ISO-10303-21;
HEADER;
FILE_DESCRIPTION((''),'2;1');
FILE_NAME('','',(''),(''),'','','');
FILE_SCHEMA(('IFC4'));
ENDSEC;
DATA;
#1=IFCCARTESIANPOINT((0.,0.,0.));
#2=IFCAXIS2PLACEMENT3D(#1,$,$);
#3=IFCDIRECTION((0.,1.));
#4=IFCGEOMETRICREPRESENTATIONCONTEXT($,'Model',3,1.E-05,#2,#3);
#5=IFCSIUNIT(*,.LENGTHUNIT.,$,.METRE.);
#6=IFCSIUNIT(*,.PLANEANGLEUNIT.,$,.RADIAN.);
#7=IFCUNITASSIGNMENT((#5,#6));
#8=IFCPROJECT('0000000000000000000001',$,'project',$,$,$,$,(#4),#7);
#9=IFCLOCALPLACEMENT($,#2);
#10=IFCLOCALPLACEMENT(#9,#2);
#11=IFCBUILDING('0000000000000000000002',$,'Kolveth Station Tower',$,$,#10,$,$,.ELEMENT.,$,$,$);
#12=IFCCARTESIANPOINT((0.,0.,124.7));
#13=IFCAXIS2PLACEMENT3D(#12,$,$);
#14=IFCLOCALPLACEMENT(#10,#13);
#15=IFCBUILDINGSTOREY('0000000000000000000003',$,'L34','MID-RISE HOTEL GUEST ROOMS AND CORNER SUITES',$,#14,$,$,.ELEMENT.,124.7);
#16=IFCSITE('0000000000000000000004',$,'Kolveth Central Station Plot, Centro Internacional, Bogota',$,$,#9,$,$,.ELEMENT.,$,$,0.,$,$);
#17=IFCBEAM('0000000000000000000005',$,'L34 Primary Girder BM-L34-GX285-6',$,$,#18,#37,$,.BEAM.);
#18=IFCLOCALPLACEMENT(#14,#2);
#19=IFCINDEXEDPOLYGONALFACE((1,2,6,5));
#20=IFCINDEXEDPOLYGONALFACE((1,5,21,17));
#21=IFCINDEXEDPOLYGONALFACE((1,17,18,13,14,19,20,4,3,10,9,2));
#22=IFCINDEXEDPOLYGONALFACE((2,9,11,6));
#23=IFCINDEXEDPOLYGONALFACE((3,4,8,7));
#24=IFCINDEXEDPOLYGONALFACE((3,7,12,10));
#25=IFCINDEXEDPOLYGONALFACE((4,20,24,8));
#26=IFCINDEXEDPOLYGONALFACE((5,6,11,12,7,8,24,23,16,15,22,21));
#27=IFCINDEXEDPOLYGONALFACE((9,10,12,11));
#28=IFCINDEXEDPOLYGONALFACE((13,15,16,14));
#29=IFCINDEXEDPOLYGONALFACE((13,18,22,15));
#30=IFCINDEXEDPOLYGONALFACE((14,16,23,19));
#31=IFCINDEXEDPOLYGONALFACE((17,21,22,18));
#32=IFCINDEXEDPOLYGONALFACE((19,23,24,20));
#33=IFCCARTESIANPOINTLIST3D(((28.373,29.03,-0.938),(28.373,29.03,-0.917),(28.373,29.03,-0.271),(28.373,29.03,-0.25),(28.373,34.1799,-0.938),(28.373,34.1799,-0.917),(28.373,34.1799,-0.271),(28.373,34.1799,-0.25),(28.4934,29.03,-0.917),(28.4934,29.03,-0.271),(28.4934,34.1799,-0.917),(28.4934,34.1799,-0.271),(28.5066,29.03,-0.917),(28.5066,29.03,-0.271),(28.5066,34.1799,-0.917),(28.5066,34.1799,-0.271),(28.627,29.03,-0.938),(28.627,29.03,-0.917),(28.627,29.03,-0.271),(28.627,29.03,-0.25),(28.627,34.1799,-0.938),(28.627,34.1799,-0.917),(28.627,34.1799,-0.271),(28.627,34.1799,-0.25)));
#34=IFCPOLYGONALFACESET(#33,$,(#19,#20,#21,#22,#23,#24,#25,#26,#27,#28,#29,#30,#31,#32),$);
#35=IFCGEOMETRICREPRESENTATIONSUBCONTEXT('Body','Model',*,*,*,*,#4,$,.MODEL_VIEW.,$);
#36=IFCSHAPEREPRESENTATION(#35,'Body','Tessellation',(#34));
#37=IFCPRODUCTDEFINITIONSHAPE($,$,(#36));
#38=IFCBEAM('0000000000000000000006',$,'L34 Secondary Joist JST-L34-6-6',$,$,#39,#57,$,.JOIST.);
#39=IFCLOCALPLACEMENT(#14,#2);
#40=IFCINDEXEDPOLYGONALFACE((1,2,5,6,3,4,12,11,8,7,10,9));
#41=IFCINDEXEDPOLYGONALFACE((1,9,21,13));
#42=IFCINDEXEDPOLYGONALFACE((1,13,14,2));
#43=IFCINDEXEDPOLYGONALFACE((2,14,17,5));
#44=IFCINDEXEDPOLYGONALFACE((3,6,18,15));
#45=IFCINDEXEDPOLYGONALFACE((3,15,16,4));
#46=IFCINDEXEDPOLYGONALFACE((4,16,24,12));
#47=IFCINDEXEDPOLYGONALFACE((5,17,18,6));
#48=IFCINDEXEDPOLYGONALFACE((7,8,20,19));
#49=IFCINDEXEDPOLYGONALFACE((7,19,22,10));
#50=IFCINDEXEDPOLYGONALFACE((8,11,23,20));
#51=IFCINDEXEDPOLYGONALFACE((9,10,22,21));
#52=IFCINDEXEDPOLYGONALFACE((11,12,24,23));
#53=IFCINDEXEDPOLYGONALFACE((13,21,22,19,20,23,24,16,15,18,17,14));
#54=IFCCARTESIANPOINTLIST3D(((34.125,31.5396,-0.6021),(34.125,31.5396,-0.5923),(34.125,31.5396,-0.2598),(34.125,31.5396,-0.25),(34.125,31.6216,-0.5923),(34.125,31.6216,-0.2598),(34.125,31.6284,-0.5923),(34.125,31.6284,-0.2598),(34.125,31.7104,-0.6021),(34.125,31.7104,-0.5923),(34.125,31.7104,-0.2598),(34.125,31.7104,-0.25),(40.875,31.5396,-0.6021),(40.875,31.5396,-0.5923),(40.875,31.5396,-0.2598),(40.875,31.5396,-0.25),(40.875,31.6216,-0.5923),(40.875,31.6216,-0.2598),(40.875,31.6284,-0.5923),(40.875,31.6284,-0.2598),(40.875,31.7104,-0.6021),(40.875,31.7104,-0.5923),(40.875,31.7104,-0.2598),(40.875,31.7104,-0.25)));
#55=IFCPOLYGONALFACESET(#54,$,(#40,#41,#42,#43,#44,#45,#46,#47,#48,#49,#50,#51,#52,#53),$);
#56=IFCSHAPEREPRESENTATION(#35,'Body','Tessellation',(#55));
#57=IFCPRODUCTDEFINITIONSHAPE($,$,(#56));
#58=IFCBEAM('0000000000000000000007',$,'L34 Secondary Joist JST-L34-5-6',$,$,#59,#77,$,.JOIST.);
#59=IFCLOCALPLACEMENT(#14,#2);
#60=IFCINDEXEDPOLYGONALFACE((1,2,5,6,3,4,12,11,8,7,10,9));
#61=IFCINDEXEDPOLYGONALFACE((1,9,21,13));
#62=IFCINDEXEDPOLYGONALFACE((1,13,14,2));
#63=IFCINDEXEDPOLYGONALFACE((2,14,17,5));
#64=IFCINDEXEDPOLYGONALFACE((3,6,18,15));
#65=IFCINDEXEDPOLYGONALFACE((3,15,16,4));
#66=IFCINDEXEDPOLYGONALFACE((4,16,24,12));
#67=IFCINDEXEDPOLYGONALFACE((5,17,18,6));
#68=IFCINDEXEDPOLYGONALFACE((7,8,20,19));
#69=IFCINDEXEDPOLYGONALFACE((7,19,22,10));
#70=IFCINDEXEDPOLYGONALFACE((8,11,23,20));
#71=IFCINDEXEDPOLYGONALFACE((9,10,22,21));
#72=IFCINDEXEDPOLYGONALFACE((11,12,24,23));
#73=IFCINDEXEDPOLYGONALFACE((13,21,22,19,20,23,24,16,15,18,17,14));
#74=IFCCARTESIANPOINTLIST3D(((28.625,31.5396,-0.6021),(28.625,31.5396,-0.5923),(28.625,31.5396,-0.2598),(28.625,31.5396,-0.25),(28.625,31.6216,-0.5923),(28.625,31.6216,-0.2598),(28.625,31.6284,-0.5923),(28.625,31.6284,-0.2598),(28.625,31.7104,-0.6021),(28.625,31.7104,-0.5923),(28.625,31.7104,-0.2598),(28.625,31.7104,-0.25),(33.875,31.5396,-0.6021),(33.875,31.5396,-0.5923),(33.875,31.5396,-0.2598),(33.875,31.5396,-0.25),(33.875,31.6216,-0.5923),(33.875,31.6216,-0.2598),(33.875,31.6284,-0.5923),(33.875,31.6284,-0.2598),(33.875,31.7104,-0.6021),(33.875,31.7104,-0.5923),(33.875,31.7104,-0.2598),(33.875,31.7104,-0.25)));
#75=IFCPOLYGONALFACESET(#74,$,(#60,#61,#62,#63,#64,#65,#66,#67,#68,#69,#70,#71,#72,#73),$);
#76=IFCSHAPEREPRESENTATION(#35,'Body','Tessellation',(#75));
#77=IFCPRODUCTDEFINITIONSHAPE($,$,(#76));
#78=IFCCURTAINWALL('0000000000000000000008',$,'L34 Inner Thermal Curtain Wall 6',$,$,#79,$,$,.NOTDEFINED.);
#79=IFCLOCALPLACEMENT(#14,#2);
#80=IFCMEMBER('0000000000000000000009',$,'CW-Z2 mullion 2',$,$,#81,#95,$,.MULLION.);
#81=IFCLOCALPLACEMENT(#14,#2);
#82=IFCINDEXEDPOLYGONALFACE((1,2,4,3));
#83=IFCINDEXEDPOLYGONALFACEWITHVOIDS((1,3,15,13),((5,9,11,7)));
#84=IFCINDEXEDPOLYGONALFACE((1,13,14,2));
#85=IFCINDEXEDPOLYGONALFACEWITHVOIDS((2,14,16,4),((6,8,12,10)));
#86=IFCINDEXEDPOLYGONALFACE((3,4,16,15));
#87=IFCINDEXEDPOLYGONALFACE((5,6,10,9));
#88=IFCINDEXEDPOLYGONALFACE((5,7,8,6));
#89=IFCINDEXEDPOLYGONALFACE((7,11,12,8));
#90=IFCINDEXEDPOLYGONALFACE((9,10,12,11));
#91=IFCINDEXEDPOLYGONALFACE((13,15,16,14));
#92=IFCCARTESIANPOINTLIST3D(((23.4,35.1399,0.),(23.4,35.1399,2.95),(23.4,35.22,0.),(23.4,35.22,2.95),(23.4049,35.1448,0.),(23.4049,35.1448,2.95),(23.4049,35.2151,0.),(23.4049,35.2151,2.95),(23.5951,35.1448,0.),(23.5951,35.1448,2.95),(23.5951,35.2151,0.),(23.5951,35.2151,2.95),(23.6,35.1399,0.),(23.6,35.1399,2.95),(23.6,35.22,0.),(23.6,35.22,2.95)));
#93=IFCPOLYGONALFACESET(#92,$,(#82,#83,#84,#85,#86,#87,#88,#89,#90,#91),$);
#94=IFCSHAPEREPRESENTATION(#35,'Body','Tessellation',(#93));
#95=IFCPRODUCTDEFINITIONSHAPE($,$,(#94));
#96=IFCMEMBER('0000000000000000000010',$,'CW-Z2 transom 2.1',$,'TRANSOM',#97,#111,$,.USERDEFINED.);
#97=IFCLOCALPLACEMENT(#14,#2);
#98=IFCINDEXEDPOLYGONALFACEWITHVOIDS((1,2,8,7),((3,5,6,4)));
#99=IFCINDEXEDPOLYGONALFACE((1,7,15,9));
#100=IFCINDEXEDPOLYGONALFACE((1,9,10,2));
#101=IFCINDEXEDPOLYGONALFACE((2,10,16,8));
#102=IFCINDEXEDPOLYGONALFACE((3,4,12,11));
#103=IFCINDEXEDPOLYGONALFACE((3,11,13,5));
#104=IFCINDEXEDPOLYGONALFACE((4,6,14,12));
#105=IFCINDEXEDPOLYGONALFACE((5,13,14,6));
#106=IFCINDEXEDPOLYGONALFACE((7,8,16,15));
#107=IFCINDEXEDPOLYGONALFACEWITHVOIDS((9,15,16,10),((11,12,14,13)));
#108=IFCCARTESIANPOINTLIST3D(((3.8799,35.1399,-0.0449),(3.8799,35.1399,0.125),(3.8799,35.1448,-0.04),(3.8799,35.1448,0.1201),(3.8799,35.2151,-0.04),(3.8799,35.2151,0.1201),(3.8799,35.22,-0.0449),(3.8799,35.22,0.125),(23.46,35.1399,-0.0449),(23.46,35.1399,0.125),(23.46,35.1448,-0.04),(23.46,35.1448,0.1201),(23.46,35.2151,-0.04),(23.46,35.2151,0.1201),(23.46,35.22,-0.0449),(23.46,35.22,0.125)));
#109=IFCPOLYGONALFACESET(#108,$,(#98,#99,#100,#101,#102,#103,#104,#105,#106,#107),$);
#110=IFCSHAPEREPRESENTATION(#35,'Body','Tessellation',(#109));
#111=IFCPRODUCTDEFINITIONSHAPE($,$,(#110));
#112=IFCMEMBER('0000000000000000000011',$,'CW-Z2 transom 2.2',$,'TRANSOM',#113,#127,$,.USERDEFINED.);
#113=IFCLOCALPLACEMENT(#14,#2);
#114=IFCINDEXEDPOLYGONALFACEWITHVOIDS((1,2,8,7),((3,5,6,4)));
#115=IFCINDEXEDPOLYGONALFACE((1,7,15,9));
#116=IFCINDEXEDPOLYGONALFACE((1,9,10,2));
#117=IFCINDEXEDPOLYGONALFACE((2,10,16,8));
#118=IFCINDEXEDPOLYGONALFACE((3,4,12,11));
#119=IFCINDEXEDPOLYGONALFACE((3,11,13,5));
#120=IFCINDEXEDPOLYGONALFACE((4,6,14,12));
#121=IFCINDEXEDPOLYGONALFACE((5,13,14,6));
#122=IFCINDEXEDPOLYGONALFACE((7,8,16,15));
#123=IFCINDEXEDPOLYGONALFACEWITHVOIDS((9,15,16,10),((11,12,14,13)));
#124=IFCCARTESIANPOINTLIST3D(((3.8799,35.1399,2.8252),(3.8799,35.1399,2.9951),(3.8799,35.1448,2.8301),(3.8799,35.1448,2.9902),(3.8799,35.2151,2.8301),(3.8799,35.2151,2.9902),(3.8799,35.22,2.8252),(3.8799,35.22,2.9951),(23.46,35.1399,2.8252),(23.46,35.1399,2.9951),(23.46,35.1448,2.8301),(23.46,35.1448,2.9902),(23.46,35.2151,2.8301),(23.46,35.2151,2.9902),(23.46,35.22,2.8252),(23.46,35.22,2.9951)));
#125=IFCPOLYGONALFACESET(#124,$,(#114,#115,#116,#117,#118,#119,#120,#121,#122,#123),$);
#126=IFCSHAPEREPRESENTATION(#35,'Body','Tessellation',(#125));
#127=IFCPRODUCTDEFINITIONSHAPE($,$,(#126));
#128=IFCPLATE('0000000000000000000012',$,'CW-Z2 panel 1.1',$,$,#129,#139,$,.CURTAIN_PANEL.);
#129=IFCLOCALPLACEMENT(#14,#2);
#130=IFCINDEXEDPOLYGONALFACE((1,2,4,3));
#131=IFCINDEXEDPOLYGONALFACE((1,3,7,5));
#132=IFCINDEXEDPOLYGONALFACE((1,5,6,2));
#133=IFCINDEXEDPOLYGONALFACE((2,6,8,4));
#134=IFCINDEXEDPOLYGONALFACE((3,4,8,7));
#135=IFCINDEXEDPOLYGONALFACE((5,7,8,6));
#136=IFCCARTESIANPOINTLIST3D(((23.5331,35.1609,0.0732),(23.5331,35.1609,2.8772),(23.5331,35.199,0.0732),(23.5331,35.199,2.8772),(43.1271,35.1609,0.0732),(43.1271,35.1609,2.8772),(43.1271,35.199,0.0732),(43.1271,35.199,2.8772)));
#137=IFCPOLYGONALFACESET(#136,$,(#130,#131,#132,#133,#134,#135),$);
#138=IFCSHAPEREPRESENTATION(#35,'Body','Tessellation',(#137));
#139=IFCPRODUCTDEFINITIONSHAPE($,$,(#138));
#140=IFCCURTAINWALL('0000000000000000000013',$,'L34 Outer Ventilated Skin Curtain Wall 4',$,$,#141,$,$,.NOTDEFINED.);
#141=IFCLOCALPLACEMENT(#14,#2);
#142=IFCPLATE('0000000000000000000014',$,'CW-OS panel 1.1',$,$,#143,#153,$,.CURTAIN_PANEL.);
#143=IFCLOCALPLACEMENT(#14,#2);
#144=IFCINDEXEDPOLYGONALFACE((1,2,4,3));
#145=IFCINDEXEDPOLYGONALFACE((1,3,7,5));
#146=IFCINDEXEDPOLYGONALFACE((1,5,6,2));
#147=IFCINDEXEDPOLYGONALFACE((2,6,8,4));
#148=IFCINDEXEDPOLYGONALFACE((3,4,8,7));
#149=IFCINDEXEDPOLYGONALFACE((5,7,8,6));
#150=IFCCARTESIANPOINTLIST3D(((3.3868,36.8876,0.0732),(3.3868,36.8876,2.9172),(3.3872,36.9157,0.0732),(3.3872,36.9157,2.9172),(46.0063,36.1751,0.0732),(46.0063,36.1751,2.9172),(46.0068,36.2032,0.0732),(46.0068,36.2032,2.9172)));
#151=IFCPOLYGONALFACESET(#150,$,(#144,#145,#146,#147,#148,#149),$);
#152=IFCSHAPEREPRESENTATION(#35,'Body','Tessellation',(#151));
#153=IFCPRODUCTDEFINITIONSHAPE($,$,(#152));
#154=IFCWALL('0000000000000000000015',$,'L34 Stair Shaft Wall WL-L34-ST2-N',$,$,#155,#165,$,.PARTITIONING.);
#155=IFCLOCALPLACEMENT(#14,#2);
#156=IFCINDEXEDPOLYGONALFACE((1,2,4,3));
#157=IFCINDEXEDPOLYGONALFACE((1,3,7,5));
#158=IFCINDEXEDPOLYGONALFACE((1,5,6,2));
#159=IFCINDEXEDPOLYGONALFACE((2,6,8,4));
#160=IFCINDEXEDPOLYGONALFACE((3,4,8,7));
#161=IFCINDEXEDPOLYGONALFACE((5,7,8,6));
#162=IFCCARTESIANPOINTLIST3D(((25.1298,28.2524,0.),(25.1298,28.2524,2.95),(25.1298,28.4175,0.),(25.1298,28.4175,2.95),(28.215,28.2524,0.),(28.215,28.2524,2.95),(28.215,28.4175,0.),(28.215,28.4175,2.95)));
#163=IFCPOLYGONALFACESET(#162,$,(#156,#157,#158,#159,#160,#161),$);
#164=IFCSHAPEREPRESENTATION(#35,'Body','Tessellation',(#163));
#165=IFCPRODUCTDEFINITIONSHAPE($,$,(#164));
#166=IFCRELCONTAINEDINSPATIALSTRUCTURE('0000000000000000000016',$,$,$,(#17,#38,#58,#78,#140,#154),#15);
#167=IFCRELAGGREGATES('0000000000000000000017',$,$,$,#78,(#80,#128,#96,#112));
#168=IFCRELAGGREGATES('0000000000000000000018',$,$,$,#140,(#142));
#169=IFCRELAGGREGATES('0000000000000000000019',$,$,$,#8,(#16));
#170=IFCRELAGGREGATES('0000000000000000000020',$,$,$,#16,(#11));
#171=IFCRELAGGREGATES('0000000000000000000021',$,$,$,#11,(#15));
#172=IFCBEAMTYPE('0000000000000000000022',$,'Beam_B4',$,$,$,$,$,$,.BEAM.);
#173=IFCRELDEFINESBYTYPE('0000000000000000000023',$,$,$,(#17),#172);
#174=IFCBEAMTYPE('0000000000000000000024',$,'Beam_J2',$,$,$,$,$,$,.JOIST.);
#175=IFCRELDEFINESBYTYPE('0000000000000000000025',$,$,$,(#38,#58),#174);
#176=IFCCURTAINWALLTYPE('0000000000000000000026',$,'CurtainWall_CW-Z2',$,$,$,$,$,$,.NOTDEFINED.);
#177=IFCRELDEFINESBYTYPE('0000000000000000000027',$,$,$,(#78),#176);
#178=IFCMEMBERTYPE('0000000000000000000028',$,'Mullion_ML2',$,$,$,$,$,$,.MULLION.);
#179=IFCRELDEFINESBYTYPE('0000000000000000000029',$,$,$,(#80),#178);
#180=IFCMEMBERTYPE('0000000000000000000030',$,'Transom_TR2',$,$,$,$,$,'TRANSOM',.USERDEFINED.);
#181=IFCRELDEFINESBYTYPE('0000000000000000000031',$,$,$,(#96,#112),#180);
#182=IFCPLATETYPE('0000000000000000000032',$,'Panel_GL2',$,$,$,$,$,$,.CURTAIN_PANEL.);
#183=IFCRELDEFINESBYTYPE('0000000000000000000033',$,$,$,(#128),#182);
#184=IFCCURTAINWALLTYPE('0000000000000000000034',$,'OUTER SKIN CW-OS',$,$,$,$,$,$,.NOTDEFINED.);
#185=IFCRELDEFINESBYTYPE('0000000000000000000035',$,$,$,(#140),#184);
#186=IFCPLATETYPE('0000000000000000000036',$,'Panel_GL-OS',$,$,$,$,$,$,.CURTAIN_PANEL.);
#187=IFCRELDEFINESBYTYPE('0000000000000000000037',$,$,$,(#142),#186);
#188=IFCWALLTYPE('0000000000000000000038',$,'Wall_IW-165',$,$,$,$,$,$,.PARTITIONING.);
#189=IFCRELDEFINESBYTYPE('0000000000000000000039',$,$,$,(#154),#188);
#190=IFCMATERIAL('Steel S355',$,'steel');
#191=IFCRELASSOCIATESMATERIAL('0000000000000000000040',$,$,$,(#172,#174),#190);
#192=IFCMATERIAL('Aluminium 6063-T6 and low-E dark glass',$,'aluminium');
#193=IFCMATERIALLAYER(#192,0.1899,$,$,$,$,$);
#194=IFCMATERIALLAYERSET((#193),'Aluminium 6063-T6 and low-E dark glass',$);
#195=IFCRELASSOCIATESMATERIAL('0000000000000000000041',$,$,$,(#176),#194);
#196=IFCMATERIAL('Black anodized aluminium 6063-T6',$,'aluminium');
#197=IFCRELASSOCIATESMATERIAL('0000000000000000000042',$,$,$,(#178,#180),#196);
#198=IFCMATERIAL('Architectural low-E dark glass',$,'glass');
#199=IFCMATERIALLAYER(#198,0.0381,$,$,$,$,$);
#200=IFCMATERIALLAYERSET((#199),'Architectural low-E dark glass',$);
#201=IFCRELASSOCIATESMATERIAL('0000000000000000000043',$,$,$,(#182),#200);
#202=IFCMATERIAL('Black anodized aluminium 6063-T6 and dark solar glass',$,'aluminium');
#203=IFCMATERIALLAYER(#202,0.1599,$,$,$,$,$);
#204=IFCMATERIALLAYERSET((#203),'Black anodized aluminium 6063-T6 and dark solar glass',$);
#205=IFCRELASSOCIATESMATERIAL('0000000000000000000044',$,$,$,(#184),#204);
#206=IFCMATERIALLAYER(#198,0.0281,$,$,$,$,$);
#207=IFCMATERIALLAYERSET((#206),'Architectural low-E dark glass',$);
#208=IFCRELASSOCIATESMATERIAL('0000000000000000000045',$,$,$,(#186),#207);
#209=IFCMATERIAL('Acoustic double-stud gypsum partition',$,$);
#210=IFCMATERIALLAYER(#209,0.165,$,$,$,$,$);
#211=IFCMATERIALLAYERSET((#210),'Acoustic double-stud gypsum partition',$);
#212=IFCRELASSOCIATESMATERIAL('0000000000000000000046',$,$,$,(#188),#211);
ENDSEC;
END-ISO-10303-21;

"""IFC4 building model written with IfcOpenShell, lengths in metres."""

from ifc_helpers import new_model, si_unit, direction, frame, frame_2d, origin, origin_2d, place, context, subcontext, project, spatial, rectangle, hollow_rectangle, i_section, extrude, source, transform, mapped, material, layer, layer_set, material_profile, profile_set, type_object, element, aggregate, save


model = new_model("IFC4")

# Units and contexts
model_context = context("Model", 3, precision=1e-05, world=origin(), true_north=direction((0.0, 1.0)))
body_context = subcontext(model_context, "Body", "Model", "MODEL_VIEW")
ifc_project = project(units=[si_unit("LENGTHUNIT", "METRE"), si_unit("PLANEANGLEUNIT", "RADIAN")], contexts=[model_context])

# Site, building, storey
site_placement = place(None, origin())
site = spatial("IfcSite", under=ifc_project, at=site_placement, Name="Kolveth Central Station Plot, Centro Internacional, Bogota", CompositionType="ELEMENT", RefElevation=0.0)
building_placement = place(site_placement, origin())
building = spatial("IfcBuilding", under=site, at=building_placement, Name="Kolveth Station Tower", CompositionType="ELEMENT")
storey_placement = place(building_placement, frame((0.0, 0.0, 124.7)))
storey = spatial("IfcBuildingStorey", under=building, at=storey_placement, Name="L34", Description="MID-RISE HOTEL GUEST ROOMS AND CORNER SUITES", CompositionType="ELEMENT", Elevation=124.7)

# Shared definitions
ifc_material_1 = material(Name="Steel S355", Category="steel")

# Beams
ifc_material_profile_1 = material_profile(ifc_material_1, i_section(OverallWidth=0.2539, OverallDepth=0.688, WebThickness=0.0132, FlangeThickness=0.021, at=origin_2d()), Name="W690x152")
ifc_profile_set_1 = profile_set([ifc_material_profile_1], Name="Steel S355")
beam_type_1 = type_object("IfcBeamType", Name="Beam_B4", PredefinedType="BEAM", material=ifc_profile_set_1)
shared_shape_1 = source(origin(), body_context, "Body", "SweptSolid", [
    extrude(i_section(OverallWidth=0.2539, OverallDepth=0.688, WebThickness=0.0132, FlangeThickness=0.021, at=origin_2d()), origin(), (0.0, 0.0, 1.0), 5.1499),
])
beam_1_placement = place(storey_placement, frame((28.5, 29.03, -0.594), z_axis=(0.0, 1.0, 0.0), x_axis=(-1.0, 0.0, 0.0)))
element("IfcBeam", 1, at=beam_1_placement, inside=storey, type_object=beam_type_1, Name="L34 Primary Girder BM-L34-GX285-6", PredefinedType="BEAM", context=body_context, shape_type="MappedRepresentation", body=[
    mapped(shared_shape_1, transform((0.0, 0.0, 0.0), x_axis=(1.0, 0.0, 0.0), y_axis=(0.0, 1.0, 0.0), z_axis=(0.0, 0.0, 1.0), scale=1.0)),
])
ifc_material_profile_2 = material_profile(ifc_material_1, i_section(OverallWidth=0.1709, OverallDepth=0.3521, WebThickness=0.0068, FlangeThickness=0.0098, at=origin_2d()), Name="W360x44")
ifc_profile_set_2 = profile_set([ifc_material_profile_2], Name="Steel S355")
beam_type_2 = type_object("IfcBeamType", Name="Beam_J2", PredefinedType="JOIST", material=ifc_profile_set_2)
shared_shape_2 = source(origin(), body_context, "Body", "SweptSolid", [
    extrude(i_section(OverallWidth=0.1709, OverallDepth=0.3521, WebThickness=0.0068, FlangeThickness=0.0098, at=origin_2d()), origin(), (0.0, 0.0, 1.0), 6.75),
])
beam_2_placement = place(storey_placement, frame((34.125, 31.625, -0.426), z_axis=(1.0, 0.0, 0.0), x_axis=(0.0, 1.0, 0.0)))
element("IfcBeam", 2, at=beam_2_placement, inside=storey, type_object=beam_type_2, Name="L34 Secondary Joist JST-L34-6-6", PredefinedType="JOIST", context=body_context, shape_type="MappedRepresentation", body=[
    mapped(shared_shape_2, transform((0.0, 0.0, 0.0), x_axis=(1.0, 0.0, 0.0), y_axis=(0.0, 1.0, 0.0), z_axis=(0.0, 0.0, 1.0), scale=1.0)),
])
shared_shape_3 = source(origin(), body_context, "Body", "SweptSolid", [
    extrude(i_section(OverallWidth=0.1709, OverallDepth=0.3521, WebThickness=0.0068, FlangeThickness=0.0098, at=origin_2d()), origin(), (0.0, 0.0, 1.0), 5.25),
])
beam_3_placement = place(storey_placement, frame((28.625, 31.625, -0.426), z_axis=(1.0, 0.0, 0.0), x_axis=(0.0, 1.0, 0.0)))
element("IfcBeam", 3, at=beam_3_placement, inside=storey, type_object=beam_type_2, Name="L34 Secondary Joist JST-L34-5-6", PredefinedType="JOIST", context=body_context, shape_type="MappedRepresentation", body=[
    mapped(shared_shape_3, transform((0.0, 0.0, 0.0), x_axis=(1.0, 0.0, 0.0), y_axis=(0.0, 1.0, 0.0), z_axis=(0.0, 0.0, 1.0), scale=1.0)),
])

# Curtain wall, members, plate
ifc_material_2 = material(Name="Aluminium 6063-T6 and low-E dark glass", Category="aluminium")
ifc_layer_1 = layer(ifc_material_2, 0.1899)
ifc_layer_set_1 = layer_set([ifc_layer_1], Name="Aluminium 6063-T6 and low-E dark glass")
curtain_wall_type_1 = type_object("IfcCurtainWallType", Name="CurtainWall_CW-Z2", PredefinedType="NOTDEFINED", material=ifc_layer_set_1)
curtain_wall_1_placement = place(storey_placement, origin())
curtain_wall_1 = element("IfcCurtainWall", 4, at=curtain_wall_1_placement, inside=storey, type_object=curtain_wall_type_1, Name="L34 Inner Thermal Curtain Wall 6", PredefinedType="NOTDEFINED")
ifc_material_3 = material(Name="Black anodized aluminium 6063-T6", Category="aluminium")
ifc_material_profile_3 = material_profile(ifc_material_3, hollow_rectangle(XDim=0.0801, YDim=0.2, WallThickness=0.0049, at=origin_2d()), Name="ALU-80x200x5")
ifc_profile_set_3 = profile_set([ifc_material_profile_3], Name="Black anodized aluminium 6063-T6")
member_type_1 = type_object("IfcMemberType", Name="Mullion_ML2", PredefinedType="MULLION", material=ifc_profile_set_3)
shared_shape_4 = source(origin(), body_context, "Body", "SweptSolid", [
    extrude(hollow_rectangle(XDim=0.0801, YDim=0.2, WallThickness=0.0049, at=origin_2d()), origin(), (0.0, 0.0, 1.0), 2.95),
])
member_1_placement = place(storey_placement, frame((23.5, 35.1799, 0.0), z_axis=(0.0, 0.0, 1.0), x_axis=(0.0, -1.0, 0.0)))
member_1 = element("IfcMember", 5, at=member_1_placement, type_object=member_type_1, Name="CW-Z2 mullion 2", PredefinedType="MULLION", context=body_context, shape_type="MappedRepresentation", body=[
    mapped(shared_shape_4, transform((0.0, 0.0, 0.0), x_axis=(1.0, 0.0, 0.0), y_axis=(0.0, 1.0, 0.0), z_axis=(0.0, 0.0, 1.0), scale=1.0)),
])
ifc_material_profile_4 = material_profile(ifc_material_3, hollow_rectangle(XDim=0.0801, YDim=0.1699, WallThickness=0.0049, at=origin_2d()), Name="ALU-80x170x5")
ifc_profile_set_4 = profile_set([ifc_material_profile_4], Name="Black anodized aluminium 6063-T6")
member_type_2 = type_object("IfcMemberType", Name="Transom_TR2", ElementType="TRANSOM", PredefinedType="USERDEFINED", material=ifc_profile_set_4)
shared_shape_5 = source(origin(), body_context, "Body", "SweptSolid", [
    extrude(hollow_rectangle(XDim=0.0801, YDim=0.1699, WallThickness=0.0049, at=origin_2d()), origin(), (0.0, 0.0, 1.0), 19.5801),
])
member_2_placement = place(storey_placement, frame((23.46, 35.1799, 0.04), z_axis=(-1.0, 0.0, 0.0), x_axis=(0.0, -1.0, 0.0)))
member_2 = element("IfcMember", 6, at=member_2_placement, type_object=member_type_2, Name="CW-Z2 transom 2.1", ObjectType="TRANSOM", PredefinedType="USERDEFINED", context=body_context, shape_type="MappedRepresentation", body=[
    mapped(shared_shape_5, transform((0.0, 0.0, 0.0), x_axis=(1.0, 0.0, 0.0), y_axis=(0.0, 1.0, 0.0), z_axis=(0.0, 0.0, 1.0), scale=1.0)),
])
member_3_placement = place(storey_placement, frame((23.46, 35.1799, 2.9102), z_axis=(-1.0, 0.0, 0.0), x_axis=(0.0, -1.0, 0.0)))
member_3 = element("IfcMember", 7, at=member_3_placement, type_object=member_type_2, Name="CW-Z2 transom 2.2", ObjectType="TRANSOM", PredefinedType="USERDEFINED", context=body_context, shape_type="MappedRepresentation", body=[
    mapped(shared_shape_5, transform((0.0, 0.0, 0.0), x_axis=(1.0, 0.0, 0.0), y_axis=(0.0, 1.0, 0.0), z_axis=(0.0, 0.0, 1.0), scale=1.0)),
])
ifc_material_4 = material(Name="Architectural low-E dark glass", Category="glass")
ifc_layer_2 = layer(ifc_material_4, 0.0381)
ifc_layer_set_2 = layer_set([ifc_layer_2], Name="Architectural low-E dark glass")
plate_type_1 = type_object("IfcPlateType", Name="Panel_GL2", PredefinedType="CURTAIN_PANEL", material=ifc_layer_set_2)
shared_shape_6 = source(origin(), body_context, "Body", "SweptSolid", [
    extrude(rectangle(XDim=19.594, YDim=0.0381, at=origin_2d()), origin(), (0.0, 0.0, 1.0), 2.804),
])
plate_1_placement = place(storey_placement, frame((33.3301, 35.1799, 0.0732), z_axis=(0.0, 0.0, 1.0), x_axis=(-1.0, 0.0, 0.0)))
plate_1 = element("IfcPlate", 8, at=plate_1_placement, type_object=plate_type_1, Name="CW-Z2 panel 1.1", PredefinedType="CURTAIN_PANEL", context=body_context, shape_type="MappedRepresentation", body=[
    mapped(shared_shape_6, transform((0.0, 0.0, 0.0), x_axis=(1.0, 0.0, 0.0), y_axis=(0.0, 1.0, 0.0), z_axis=(0.0, 0.0, 1.0), scale=1.0)),
])
aggregate(curtain_wall_1, [member_1, plate_1, member_2, member_3])

# Curtain wall, plate
ifc_material_5 = material(Name="Black anodized aluminium 6063-T6 and dark solar glass", Category="aluminium")
ifc_layer_3 = layer(ifc_material_5, 0.1599)
ifc_layer_set_3 = layer_set([ifc_layer_3], Name="Black anodized aluminium 6063-T6 and dark solar glass")
curtain_wall_type_2 = type_object("IfcCurtainWallType", Name="OUTER SKIN CW-OS", PredefinedType="NOTDEFINED", material=ifc_layer_set_3)
curtain_wall_2_placement = place(storey_placement, origin())
curtain_wall_2 = element("IfcCurtainWall", 9, at=curtain_wall_2_placement, inside=storey, type_object=curtain_wall_type_2, Name="L34 Outer Ventilated Skin Curtain Wall 4", PredefinedType="NOTDEFINED")
ifc_layer_4 = layer(ifc_material_4, 0.0281)
ifc_layer_set_4 = layer_set([ifc_layer_4], Name="Architectural low-E dark glass")
plate_type_2 = type_object("IfcPlateType", Name="Panel_GL-OS", PredefinedType="CURTAIN_PANEL", material=ifc_layer_set_4)
shared_shape_7 = source(origin(), body_context, "Body", "SweptSolid", [
    extrude(rectangle(XDim=42.6255, YDim=0.0281, at=origin_2d()), origin(), (0.0, 0.0, 1.0), 2.844),
])
plate_2_placement = place(storey_placement, frame((24.6968, 36.5454, 0.0732), z_axis=(0.0, 0.0, 1.0), x_axis=(-0.99986, 0.016716, 0.0)))
plate_2 = element("IfcPlate", 10, at=plate_2_placement, type_object=plate_type_2, Name="CW-OS panel 1.1", PredefinedType="CURTAIN_PANEL", context=body_context, shape_type="MappedRepresentation", body=[
    mapped(shared_shape_7, transform((0.0, 0.0, 0.0), x_axis=(1.0, 0.0, 0.0), y_axis=(0.0, 1.0, 0.0), z_axis=(0.0, 0.0, 1.0), scale=1.0)),
])
aggregate(curtain_wall_2, [plate_2])

# Wall
ifc_material_6 = material(Name="Acoustic double-stud gypsum partition")
ifc_layer_5 = layer(ifc_material_6, 0.165)
ifc_layer_set_5 = layer_set([ifc_layer_5], Name="Acoustic double-stud gypsum partition")
wall_type = type_object("IfcWallType", Name="Wall_IW-165", PredefinedType="PARTITIONING", material=ifc_layer_set_5)
wall_1_placement = place(storey_placement, frame((25.1299, 28.335, 0.0), z_axis=(0.0, 0.0, 1.0), x_axis=(1.0, 0.0, 0.0)))
element("IfcWall", 11, at=wall_1_placement, inside=storey, type_object=wall_type, Name="L34 Stair Shaft Wall WL-L34-ST2-N", PredefinedType="PARTITIONING", context=body_context, shape_type="SweptSolid", body=[
    extrude(rectangle(XDim=3.0852, YDim=0.165, at=frame_2d((1.5425, 0.0))), origin(), (0.0, 0.0, 1.0), 2.95),
])

save(model, "model.ifc")
